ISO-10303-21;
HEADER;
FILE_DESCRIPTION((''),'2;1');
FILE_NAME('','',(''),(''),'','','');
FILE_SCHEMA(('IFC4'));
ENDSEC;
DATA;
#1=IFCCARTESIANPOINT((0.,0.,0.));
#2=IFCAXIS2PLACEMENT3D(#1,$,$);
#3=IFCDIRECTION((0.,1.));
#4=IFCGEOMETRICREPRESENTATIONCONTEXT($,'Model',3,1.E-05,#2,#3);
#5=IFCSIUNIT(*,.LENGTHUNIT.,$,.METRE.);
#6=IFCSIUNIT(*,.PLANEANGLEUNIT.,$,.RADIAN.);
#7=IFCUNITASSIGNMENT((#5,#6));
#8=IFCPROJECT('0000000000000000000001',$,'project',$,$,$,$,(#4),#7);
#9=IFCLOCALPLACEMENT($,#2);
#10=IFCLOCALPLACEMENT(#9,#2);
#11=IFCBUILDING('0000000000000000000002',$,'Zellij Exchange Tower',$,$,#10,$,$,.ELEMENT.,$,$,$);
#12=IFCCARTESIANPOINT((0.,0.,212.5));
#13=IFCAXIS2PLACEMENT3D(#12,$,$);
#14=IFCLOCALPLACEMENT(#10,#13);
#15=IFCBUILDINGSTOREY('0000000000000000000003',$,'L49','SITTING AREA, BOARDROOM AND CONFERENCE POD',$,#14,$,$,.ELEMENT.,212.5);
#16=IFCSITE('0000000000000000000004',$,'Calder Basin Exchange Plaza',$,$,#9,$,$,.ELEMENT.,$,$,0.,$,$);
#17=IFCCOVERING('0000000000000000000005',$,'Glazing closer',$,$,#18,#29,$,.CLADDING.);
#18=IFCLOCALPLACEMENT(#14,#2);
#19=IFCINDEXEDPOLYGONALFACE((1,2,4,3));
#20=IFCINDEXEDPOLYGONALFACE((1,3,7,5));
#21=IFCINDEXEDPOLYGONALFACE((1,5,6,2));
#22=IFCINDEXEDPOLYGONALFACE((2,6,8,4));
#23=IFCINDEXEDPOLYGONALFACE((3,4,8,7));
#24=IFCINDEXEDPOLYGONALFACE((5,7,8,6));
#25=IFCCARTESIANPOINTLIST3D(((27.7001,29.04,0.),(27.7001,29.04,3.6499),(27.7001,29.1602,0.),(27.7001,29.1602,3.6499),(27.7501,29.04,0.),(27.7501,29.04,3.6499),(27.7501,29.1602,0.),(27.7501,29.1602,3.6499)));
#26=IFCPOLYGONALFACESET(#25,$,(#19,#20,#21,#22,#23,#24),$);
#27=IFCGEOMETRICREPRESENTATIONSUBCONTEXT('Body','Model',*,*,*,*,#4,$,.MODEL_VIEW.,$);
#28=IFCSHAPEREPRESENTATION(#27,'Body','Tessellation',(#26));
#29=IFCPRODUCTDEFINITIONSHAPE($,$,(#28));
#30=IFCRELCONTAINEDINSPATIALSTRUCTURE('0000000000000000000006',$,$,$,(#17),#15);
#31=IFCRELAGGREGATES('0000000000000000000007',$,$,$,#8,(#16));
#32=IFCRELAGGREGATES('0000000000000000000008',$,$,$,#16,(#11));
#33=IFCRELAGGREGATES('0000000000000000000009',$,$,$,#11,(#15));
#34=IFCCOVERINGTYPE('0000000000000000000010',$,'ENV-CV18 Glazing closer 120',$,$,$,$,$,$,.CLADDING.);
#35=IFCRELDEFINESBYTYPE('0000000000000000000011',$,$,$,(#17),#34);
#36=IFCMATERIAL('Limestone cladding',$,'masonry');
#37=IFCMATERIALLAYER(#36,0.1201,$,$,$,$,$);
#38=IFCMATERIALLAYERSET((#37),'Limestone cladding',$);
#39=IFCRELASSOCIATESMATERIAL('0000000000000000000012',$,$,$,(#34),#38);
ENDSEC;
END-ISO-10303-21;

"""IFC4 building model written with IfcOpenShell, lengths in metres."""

from ifc_helpers import new_model, si_unit, direction, frame, origin, origin_2d, place, context, subcontext, project, spatial, rectangle, extrude, material, layer, layer_set, type_object, element, save


model = new_model("IFC4")

# Units and contexts
model_context = context("Model", 3, precision=1e-05, world=origin(), true_north=direction((0.0, 1.0)))
body_context = subcontext(model_context, "Body", "Model", "MODEL_VIEW")
ifc_project = project(units=[si_unit("LENGTHUNIT", "METRE"), si_unit("PLANEANGLEUNIT", "RADIAN")], contexts=[model_context])

# Site, building, storey
site_placement = place(None, origin())
site = spatial("IfcSite", under=ifc_project, at=site_placement, Name="Calder Basin Exchange Plaza", CompositionType="ELEMENT", RefElevation=0.0)
building_placement = place(site_placement, origin())
building = spatial("IfcBuilding", under=site, at=building_placement, Name="Zellij Exchange Tower", CompositionType="ELEMENT")
storey_placement = place(building_placement, frame((0.0, 0.0, 212.5)))
storey = spatial("IfcBuildingStorey", under=building, at=storey_placement, Name="L49", Description="SITTING AREA, BOARDROOM AND CONFERENCE POD", CompositionType="ELEMENT", Elevation=212.5)

# Covering
ifc_material_1 = material(Name="Limestone cladding", Category="masonry")
ifc_layer_1 = layer(ifc_material_1, 0.1201)
ifc_layer_set_1 = layer_set([ifc_layer_1], Name="Limestone cladding")
covering_type = type_object("IfcCoveringType", Name="ENV-CV18 Glazing closer 120", PredefinedType="CLADDING", material=ifc_layer_set_1)
covering_1_placement = place(storey_placement, frame((27.7251, 29.1001, 0.0), z_axis=(0.0, 0.0, 1.0), x_axis=(-1.0, 0.0, 0.0)))
element("IfcCovering", 1, at=covering_1_placement, inside=storey, type_object=covering_type, Name="Glazing closer", PredefinedType="CLADDING", context=body_context, shape_type="SweptSolid", body=[
    extrude(rectangle(XDim=0.05, YDim=0.1201, at=origin_2d()), origin(), (0.0, 0.0, 1.0), 3.6499),
])

save(model, "model.ifc")
